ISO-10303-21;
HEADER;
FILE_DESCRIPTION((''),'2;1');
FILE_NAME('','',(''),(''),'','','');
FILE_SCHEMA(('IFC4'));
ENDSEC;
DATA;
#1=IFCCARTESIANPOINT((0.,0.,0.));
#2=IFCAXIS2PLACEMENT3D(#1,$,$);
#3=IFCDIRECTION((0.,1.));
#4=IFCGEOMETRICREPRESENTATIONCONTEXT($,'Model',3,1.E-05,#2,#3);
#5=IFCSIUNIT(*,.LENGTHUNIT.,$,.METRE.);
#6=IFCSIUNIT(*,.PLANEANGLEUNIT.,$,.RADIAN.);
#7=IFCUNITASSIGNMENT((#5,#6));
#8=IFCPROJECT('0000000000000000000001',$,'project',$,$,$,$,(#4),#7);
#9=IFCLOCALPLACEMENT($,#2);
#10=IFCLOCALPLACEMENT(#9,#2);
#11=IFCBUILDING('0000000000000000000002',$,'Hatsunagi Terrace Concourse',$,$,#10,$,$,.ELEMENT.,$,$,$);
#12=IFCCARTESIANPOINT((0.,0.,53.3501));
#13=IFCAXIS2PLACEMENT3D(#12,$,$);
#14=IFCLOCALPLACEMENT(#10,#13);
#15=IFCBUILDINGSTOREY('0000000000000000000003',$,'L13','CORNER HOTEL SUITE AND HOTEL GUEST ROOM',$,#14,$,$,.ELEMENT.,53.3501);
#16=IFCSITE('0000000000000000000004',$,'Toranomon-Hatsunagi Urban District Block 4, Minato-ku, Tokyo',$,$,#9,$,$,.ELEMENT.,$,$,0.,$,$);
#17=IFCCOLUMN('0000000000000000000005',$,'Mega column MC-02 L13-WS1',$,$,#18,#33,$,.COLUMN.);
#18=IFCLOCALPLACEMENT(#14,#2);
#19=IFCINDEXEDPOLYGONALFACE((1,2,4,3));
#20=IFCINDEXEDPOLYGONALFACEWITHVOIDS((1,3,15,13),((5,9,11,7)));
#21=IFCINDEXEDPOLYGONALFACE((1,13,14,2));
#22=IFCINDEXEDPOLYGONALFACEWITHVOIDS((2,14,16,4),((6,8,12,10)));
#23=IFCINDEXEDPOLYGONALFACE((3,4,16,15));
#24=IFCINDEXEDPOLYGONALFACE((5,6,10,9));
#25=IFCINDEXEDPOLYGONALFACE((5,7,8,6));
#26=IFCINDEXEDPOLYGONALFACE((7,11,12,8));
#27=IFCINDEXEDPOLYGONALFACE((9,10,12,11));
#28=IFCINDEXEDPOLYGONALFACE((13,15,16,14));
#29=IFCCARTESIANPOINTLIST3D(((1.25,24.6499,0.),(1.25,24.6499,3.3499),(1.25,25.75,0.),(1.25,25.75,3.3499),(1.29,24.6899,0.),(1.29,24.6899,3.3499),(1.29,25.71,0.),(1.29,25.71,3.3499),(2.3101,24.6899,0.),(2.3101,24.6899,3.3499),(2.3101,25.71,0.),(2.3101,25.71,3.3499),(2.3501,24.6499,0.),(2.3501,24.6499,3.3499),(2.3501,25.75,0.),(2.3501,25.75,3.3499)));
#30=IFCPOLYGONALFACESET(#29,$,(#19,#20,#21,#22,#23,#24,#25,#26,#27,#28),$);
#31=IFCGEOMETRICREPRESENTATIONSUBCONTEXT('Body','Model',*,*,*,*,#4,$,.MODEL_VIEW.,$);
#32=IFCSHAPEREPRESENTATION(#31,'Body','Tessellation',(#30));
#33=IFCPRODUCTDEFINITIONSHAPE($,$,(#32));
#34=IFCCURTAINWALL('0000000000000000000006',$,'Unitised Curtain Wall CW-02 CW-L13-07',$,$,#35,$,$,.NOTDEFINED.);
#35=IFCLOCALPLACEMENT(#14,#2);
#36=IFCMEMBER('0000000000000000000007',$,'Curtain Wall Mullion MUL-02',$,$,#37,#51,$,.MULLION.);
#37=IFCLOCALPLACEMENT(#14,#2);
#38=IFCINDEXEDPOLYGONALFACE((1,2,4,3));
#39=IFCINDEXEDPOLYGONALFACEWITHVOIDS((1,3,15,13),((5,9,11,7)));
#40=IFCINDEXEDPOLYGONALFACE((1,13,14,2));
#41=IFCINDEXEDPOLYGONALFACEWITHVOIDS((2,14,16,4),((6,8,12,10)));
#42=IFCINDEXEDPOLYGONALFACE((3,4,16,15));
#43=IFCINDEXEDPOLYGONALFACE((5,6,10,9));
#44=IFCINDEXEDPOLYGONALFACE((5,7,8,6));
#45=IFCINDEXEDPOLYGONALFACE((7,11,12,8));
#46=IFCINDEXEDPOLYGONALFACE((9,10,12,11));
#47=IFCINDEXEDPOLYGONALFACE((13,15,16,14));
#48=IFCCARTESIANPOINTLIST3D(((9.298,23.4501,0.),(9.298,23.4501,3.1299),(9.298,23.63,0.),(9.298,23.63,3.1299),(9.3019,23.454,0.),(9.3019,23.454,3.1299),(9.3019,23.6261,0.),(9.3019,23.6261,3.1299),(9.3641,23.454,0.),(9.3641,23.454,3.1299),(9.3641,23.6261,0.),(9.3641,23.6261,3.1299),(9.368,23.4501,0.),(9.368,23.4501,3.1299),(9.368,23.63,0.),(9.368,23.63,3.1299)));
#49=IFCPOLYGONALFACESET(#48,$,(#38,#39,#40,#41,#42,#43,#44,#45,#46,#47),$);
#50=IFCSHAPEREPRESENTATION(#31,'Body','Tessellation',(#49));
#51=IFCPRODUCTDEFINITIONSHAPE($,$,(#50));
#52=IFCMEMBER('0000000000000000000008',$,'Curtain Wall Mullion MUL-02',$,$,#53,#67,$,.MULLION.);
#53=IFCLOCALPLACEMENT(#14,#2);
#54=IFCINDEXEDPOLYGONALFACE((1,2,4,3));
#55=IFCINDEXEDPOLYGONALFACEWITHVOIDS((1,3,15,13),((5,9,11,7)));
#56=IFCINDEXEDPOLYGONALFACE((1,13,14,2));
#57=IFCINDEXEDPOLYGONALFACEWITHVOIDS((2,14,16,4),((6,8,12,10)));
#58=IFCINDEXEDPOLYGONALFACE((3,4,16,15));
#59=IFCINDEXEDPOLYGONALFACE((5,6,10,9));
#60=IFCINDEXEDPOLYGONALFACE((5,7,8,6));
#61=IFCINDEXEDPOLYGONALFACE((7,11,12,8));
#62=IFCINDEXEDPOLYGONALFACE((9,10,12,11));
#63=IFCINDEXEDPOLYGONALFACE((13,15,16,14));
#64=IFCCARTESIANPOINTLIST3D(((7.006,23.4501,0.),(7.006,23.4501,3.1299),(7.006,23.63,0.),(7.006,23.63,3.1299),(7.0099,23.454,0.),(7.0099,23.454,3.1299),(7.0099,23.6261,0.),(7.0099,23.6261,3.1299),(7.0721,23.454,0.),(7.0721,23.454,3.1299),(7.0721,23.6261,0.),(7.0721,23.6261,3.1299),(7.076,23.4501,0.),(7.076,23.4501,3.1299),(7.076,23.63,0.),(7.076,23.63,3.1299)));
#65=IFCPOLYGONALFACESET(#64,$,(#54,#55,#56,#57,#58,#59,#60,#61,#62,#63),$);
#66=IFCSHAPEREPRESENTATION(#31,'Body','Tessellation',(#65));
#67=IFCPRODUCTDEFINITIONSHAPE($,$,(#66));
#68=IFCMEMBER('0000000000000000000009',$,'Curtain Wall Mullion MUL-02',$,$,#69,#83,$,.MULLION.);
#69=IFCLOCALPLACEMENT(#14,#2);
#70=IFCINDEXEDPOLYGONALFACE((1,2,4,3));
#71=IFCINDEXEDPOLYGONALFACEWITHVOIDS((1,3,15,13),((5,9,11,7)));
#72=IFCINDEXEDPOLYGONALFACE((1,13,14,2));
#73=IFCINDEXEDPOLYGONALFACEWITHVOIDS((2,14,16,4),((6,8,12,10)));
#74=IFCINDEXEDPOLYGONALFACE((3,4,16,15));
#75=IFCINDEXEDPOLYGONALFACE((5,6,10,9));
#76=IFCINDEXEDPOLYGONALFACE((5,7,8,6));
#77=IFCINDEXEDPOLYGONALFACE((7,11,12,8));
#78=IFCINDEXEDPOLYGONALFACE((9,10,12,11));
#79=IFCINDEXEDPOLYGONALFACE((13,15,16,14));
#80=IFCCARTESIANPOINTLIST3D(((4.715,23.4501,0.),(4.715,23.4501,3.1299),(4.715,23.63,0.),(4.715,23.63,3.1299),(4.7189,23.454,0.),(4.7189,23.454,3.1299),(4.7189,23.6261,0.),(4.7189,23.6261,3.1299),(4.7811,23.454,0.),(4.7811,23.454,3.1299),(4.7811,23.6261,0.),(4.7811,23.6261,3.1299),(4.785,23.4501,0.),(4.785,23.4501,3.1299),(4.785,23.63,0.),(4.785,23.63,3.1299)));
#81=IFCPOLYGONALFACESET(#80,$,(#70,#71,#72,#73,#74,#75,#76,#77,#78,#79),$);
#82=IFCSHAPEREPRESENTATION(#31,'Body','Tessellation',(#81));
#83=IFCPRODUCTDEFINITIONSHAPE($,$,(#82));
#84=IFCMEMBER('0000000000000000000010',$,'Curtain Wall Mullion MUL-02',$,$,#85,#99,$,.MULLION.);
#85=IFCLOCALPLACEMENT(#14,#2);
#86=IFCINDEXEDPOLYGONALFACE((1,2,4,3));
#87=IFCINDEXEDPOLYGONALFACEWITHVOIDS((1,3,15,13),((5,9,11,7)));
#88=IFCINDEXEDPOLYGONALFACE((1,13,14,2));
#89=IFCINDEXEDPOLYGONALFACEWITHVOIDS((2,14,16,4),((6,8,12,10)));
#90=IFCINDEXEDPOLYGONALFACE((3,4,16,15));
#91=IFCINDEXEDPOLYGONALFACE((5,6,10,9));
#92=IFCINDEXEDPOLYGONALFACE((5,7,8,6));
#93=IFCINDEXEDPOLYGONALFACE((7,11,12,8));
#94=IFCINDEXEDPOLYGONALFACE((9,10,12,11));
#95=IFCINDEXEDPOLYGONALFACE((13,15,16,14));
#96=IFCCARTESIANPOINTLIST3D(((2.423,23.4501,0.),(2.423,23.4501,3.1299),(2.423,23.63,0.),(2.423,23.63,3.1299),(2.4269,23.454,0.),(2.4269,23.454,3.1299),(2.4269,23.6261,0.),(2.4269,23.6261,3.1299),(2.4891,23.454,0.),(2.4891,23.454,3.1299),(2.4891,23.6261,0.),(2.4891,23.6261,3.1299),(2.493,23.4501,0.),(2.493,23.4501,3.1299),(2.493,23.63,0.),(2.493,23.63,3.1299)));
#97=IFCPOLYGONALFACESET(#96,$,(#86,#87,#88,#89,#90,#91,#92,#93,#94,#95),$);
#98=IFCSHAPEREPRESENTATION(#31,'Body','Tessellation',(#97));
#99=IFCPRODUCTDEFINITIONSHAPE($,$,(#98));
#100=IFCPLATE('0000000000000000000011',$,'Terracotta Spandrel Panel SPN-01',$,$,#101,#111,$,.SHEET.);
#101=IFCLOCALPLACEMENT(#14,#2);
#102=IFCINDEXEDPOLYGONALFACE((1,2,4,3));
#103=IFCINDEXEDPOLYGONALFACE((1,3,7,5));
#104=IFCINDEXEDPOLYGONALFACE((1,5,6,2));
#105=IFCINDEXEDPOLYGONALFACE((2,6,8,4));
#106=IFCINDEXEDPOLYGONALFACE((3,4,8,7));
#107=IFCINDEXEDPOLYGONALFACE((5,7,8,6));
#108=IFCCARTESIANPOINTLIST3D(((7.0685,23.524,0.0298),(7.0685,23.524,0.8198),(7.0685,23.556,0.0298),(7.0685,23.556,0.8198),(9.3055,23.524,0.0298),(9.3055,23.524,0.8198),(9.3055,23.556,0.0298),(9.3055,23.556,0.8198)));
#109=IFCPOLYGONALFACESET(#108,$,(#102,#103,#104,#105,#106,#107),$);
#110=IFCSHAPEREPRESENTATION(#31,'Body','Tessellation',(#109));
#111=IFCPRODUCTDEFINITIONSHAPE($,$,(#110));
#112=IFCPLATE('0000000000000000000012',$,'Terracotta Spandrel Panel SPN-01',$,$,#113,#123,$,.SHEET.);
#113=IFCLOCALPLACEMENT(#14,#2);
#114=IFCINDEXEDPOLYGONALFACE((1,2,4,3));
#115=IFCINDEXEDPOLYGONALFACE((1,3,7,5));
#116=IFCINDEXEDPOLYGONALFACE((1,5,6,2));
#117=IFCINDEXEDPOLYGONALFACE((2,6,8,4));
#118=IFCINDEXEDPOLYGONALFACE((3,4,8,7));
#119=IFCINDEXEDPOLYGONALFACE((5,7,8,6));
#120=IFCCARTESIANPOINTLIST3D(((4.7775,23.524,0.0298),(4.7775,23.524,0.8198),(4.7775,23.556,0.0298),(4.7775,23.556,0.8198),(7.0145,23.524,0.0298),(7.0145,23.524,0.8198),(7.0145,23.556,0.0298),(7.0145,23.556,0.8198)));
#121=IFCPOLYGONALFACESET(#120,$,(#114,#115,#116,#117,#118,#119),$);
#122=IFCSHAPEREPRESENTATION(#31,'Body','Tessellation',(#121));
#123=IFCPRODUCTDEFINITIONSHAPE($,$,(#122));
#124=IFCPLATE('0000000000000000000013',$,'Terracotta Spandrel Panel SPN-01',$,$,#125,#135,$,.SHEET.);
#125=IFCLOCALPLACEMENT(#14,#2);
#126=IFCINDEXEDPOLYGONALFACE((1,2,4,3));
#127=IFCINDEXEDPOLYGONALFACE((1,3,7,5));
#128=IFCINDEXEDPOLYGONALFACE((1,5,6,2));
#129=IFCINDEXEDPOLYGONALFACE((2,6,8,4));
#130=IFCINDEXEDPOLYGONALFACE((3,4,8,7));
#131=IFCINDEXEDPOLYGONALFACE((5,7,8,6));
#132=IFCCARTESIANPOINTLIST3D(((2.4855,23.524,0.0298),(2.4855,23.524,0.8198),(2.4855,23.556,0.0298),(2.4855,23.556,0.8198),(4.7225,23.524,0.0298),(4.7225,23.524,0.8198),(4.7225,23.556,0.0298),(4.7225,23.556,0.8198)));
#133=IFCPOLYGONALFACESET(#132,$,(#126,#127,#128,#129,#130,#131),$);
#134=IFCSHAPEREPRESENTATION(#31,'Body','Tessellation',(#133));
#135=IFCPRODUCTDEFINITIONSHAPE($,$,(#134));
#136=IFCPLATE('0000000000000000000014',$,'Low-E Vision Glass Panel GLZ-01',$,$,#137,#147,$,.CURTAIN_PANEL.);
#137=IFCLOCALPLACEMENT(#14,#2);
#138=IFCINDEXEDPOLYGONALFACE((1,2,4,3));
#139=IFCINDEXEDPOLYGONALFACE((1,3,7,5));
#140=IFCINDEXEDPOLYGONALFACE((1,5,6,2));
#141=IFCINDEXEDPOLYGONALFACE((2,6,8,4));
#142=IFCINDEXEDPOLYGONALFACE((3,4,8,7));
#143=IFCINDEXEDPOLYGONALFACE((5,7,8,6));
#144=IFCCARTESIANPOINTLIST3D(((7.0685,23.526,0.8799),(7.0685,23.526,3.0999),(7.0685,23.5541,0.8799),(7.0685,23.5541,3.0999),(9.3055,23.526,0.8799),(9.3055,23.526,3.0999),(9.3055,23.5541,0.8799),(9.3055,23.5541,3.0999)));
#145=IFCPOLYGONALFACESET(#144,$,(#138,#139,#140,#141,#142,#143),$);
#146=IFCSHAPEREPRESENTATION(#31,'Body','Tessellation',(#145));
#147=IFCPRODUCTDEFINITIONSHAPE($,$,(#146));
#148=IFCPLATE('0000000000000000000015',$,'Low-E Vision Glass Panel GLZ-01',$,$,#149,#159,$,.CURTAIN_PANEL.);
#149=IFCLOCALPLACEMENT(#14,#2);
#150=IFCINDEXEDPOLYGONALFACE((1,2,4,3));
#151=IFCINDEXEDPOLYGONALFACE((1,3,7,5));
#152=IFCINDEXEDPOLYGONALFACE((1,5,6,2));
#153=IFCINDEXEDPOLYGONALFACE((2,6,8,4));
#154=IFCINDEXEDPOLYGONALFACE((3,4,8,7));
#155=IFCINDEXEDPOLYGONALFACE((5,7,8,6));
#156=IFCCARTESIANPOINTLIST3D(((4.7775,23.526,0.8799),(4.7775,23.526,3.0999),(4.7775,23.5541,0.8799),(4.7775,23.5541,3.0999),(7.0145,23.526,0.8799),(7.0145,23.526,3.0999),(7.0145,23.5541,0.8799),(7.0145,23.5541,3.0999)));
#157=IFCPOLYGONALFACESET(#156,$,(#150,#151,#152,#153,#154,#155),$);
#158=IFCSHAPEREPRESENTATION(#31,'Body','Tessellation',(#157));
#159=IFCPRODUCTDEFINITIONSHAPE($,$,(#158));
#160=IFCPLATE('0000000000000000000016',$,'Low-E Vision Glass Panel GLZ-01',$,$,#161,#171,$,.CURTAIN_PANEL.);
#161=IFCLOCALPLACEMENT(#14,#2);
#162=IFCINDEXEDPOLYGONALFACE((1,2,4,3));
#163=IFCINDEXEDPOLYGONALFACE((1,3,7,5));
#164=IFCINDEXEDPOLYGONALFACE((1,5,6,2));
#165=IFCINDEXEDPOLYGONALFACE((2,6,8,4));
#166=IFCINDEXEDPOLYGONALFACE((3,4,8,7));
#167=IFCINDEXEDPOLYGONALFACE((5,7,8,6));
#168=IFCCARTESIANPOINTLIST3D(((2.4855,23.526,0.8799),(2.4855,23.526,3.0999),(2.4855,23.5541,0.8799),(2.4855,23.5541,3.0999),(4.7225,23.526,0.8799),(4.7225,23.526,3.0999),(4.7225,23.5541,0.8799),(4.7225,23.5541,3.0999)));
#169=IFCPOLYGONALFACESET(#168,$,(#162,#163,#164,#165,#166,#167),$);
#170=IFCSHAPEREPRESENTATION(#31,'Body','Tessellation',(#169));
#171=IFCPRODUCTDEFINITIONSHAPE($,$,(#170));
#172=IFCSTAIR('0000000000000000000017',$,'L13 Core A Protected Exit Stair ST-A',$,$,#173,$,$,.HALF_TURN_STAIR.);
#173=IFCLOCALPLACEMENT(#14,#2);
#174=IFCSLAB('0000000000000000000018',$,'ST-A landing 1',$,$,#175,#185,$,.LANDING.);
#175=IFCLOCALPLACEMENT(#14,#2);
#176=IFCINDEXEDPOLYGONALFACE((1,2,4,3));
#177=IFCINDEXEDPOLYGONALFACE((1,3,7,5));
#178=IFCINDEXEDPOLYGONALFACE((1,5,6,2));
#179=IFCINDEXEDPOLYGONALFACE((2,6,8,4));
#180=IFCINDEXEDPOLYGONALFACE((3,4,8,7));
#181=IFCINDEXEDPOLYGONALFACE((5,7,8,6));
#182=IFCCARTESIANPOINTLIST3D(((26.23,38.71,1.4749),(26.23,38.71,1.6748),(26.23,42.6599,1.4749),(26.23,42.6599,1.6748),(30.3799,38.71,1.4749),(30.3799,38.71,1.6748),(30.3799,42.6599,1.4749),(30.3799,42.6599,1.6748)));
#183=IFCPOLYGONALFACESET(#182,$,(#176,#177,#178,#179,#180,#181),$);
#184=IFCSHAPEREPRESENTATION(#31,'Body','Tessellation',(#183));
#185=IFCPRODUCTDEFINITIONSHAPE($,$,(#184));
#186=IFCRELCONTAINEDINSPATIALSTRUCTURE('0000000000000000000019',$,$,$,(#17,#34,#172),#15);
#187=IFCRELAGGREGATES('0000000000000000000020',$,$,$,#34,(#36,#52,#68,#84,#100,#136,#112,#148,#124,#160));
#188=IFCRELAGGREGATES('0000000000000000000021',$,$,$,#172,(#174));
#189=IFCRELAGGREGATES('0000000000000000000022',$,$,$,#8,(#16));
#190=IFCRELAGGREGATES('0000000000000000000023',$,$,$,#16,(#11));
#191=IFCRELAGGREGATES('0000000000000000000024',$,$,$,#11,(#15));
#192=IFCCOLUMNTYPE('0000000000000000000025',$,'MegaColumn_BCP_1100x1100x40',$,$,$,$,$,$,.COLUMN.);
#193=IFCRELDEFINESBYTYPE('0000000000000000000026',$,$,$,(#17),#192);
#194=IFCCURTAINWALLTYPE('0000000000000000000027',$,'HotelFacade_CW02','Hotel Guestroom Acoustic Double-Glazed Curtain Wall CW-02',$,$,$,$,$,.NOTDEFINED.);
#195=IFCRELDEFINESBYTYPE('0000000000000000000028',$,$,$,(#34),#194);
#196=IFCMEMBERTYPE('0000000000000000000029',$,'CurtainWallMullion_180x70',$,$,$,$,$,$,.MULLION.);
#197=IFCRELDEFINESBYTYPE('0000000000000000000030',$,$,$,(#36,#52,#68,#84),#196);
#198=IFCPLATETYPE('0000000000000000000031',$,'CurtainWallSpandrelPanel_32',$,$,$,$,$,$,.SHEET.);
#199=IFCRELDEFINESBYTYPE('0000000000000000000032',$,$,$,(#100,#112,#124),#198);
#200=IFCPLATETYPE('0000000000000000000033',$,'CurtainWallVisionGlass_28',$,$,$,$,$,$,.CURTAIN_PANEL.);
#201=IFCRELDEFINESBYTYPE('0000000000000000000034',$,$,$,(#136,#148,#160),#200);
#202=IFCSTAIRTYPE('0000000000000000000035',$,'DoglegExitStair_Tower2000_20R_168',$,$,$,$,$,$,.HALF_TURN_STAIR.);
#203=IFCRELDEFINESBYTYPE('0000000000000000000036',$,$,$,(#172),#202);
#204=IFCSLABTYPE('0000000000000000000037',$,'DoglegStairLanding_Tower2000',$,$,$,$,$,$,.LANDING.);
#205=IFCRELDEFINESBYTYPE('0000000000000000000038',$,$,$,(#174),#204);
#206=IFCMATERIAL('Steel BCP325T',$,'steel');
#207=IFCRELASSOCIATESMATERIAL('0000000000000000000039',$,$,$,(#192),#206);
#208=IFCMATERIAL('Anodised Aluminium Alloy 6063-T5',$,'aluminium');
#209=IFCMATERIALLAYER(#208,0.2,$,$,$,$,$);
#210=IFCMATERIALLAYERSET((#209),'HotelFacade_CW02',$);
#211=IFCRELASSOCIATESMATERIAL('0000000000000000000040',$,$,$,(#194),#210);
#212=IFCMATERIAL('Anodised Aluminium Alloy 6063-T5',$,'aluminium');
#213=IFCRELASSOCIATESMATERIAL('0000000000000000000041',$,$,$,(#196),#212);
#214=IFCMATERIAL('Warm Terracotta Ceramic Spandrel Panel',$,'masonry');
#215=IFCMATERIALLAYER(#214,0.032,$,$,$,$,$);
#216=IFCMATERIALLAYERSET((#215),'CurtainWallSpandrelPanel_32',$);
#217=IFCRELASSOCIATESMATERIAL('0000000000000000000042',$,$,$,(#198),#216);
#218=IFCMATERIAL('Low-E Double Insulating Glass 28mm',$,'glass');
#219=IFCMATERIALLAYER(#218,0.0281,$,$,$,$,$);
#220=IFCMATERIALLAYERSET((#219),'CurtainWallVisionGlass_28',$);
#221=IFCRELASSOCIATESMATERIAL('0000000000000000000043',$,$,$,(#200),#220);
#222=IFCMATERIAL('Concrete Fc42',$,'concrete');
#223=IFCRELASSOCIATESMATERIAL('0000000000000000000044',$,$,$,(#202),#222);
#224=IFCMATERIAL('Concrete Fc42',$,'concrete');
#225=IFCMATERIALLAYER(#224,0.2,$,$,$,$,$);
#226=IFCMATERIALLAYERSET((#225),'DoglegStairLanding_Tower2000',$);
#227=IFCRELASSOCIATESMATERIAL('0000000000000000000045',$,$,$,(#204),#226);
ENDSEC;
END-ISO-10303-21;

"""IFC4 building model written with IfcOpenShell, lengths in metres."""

from ifc_helpers import new_model, si_unit, direction, frame, origin, origin_2d, place, context, subcontext, project, spatial, polyline, rectangle, hollow_rectangle, outline, extrude, material, layer, layer_set, material_profile, profile_set, type_object, element, aggregate, save


model = new_model("IFC4")

# Units and contexts
model_context = context("Model", 3, precision=1e-05, world=origin(), true_north=direction((0.0, 1.0)))
body_context = subcontext(model_context, "Body", "Model", "MODEL_VIEW")
ifc_project = project(units=[si_unit("LENGTHUNIT", "METRE"), si_unit("PLANEANGLEUNIT", "RADIAN")], contexts=[model_context])

# Site, building, storey
site_placement = place(None, origin())
site = spatial("IfcSite", under=ifc_project, at=site_placement, Name="Toranomon-Hatsunagi Urban District Block 4, Minato-ku, Tokyo", CompositionType="ELEMENT", RefElevation=0.0)
building_placement = place(site_placement, origin())
building = spatial("IfcBuilding", under=site, at=building_placement, Name="Hatsunagi Terrace Concourse", CompositionType="ELEMENT")
storey_placement = place(building_placement, frame((0.0, 0.0, 53.3501)))
storey = spatial("IfcBuildingStorey", under=building, at=storey_placement, Name="L13", Description="CORNER HOTEL SUITE AND HOTEL GUEST ROOM", CompositionType="ELEMENT", Elevation=53.3501)

# Column
ifc_material_1 = material(Name="Steel BCP325T", Category="steel")
ifc_material_profile_1 = material_profile(ifc_material_1, hollow_rectangle(XDim=1.1001, YDim=1.1001, WallThickness=0.04, at=origin_2d()), Name="BCP-1100x1100x40")
ifc_profile_set_1 = profile_set([ifc_material_profile_1], Name="Steel BCP325T")
column_type = type_object("IfcColumnType", Name="MegaColumn_BCP_1100x1100x40", PredefinedType="COLUMN", material=ifc_profile_set_1)
column_placement = place(storey_placement, frame((1.8, 25.2, 0.0), z_axis=(0.0, 0.0, 1.0), x_axis=(1.0, 0.0, 0.0)))
element("IfcColumn", 1, at=column_placement, inside=storey, type_object=column_type, Name="Mega column MC-02 L13-WS1", PredefinedType="COLUMN", context=body_context, shape_type="SweptSolid", body=[
    extrude(hollow_rectangle(XDim=1.1001, YDim=1.1001, WallThickness=0.04, at=origin_2d()), origin(), (0.0, 0.0, 1.0), 3.3499),
])

# Curtain wall, members, plates
ifc_material_2 = material(Name="Anodised Aluminium Alloy 6063-T5", Category="aluminium")
ifc_layer_1 = layer(ifc_material_2, 0.2)
ifc_layer_set_1 = layer_set([ifc_layer_1], Name="HotelFacade_CW02")
curtain_wall_type = type_object("IfcCurtainWallType", Name="HotelFacade_CW02", Description="Hotel Guestroom Acoustic Double-Glazed Curtain Wall CW-02", PredefinedType="NOTDEFINED", material=ifc_layer_set_1)
curtain_wall_placement = place(storey_placement, origin())
curtain_wall = element("IfcCurtainWall", 2, at=curtain_wall_placement, inside=storey, type_object=curtain_wall_type, Name="Unitised Curtain Wall CW-02 CW-L13-07", PredefinedType="NOTDEFINED")
ifc_material_3 = material(Name="Anodised Aluminium Alloy 6063-T5", Category="aluminium")
ifc_material_profile_2 = material_profile(ifc_material_3, hollow_rectangle(XDim=0.0701, YDim=0.1799, WallThickness=0.0039, at=origin_2d()), Name="ALU-MUL-180x70x4")
ifc_profile_set_2 = profile_set([ifc_material_profile_2], Name="Anodised Aluminium Alloy 6063-T5")
member_type = type_object("IfcMemberType", Name="CurtainWallMullion_180x70", PredefinedType="MULLION", material=ifc_profile_set_2)
member_1_placement = place(storey_placement, frame((9.333, 23.54, 0.0), z_axis=(0.0, 0.0, 1.0), x_axis=(-1.0, 0.0, 0.0)))
member_1 = element("IfcMember", 3, at=member_1_placement, type_object=member_type, Name="Curtain Wall Mullion MUL-02", PredefinedType="MULLION", context=body_context, shape_type="SweptSolid", body=[
    extrude(hollow_rectangle(XDim=0.0701, YDim=0.1799, WallThickness=0.0039, at=origin_2d()), origin(), (0.0, 0.0, 1.0), 3.1299),
])
member_2_placement = place(storey_placement, frame((7.041, 23.54, 0.0), z_axis=(0.0, 0.0, 1.0), x_axis=(-1.0, 0.0, 0.0)))
member_2 = element("IfcMember", 4, at=member_2_placement, type_object=member_type, Name="Curtain Wall Mullion MUL-02", PredefinedType="MULLION", context=body_context, shape_type="SweptSolid", body=[
    extrude(hollow_rectangle(XDim=0.0701, YDim=0.1799, WallThickness=0.0039, at=origin_2d()), origin(), (0.0, 0.0, 1.0), 3.1299),
])
member_3_placement = place(storey_placement, frame((4.75, 23.54, 0.0), z_axis=(0.0, 0.0, 1.0), x_axis=(-1.0, 0.0, 0.0)))
member_3 = element("IfcMember", 5, at=member_3_placement, type_object=member_type, Name="Curtain Wall Mullion MUL-02", PredefinedType="MULLION", context=body_context, shape_type="SweptSolid", body=[
    extrude(hollow_rectangle(XDim=0.0701, YDim=0.1799, WallThickness=0.0039, at=origin_2d()), origin(), (0.0, 0.0, 1.0), 3.1299),
])
member_4_placement = place(storey_placement, frame((2.458, 23.54, 0.0), z_axis=(0.0, 0.0, 1.0), x_axis=(-1.0, 0.0, 0.0)))
member_4 = element("IfcMember", 6, at=member_4_placement, type_object=member_type, Name="Curtain Wall Mullion MUL-02", PredefinedType="MULLION", context=body_context, shape_type="SweptSolid", body=[
    extrude(hollow_rectangle(XDim=0.0701, YDim=0.1799, WallThickness=0.0039, at=origin_2d()), origin(), (0.0, 0.0, 1.0), 3.1299),
])
ifc_material_4 = material(Name="Warm Terracotta Ceramic Spandrel Panel", Category="masonry")
ifc_layer_2 = layer(ifc_material_4, 0.032)
ifc_layer_set_2 = layer_set([ifc_layer_2], Name="CurtainWallSpandrelPanel_32")
plate_type_1 = type_object("IfcPlateType", Name="CurtainWallSpandrelPanel_32", PredefinedType="SHEET", material=ifc_layer_set_2)
plate_1_placement = place(storey_placement, frame((8.187, 23.54, 0.0298), z_axis=(0.0, 0.0, 1.0), x_axis=(-1.0, 0.0, 0.0)))
plate_1 = element("IfcPlate", 7, at=plate_1_placement, type_object=plate_type_1, Name="Terracotta Spandrel Panel SPN-01", PredefinedType="SHEET", context=body_context, shape_type="SweptSolid", body=[
    extrude(rectangle(XDim=2.2371, YDim=0.032, at=origin_2d()), origin(), (0.0, 0.0, 1.0), 0.79),
])
plate_2_placement = place(storey_placement, frame((5.896, 23.54, 0.0298), z_axis=(0.0, 0.0, 1.0), x_axis=(-1.0, 0.0, 0.0)))
plate_2 = element("IfcPlate", 8, at=plate_2_placement, type_object=plate_type_1, Name="Terracotta Spandrel Panel SPN-01", PredefinedType="SHEET", context=body_context, shape_type="SweptSolid", body=[
    extrude(rectangle(XDim=2.2371, YDim=0.032, at=origin_2d()), origin(), (0.0, 0.0, 1.0), 0.79),
])
plate_3_placement = place(storey_placement, frame((3.604, 23.54, 0.0298), z_axis=(0.0, 0.0, 1.0), x_axis=(-1.0, 0.0, 0.0)))
plate_3 = element("IfcPlate", 9, at=plate_3_placement, type_object=plate_type_1, Name="Terracotta Spandrel Panel SPN-01", PredefinedType="SHEET", context=body_context, shape_type="SweptSolid", body=[
    extrude(rectangle(XDim=2.2371, YDim=0.032, at=origin_2d()), origin(), (0.0, 0.0, 1.0), 0.79),
])
ifc_material_5 = material(Name="Low-E Double Insulating Glass 28mm", Category="glass")
ifc_layer_3 = layer(ifc_material_5, 0.0281)
ifc_layer_set_3 = layer_set([ifc_layer_3], Name="CurtainWallVisionGlass_28")
plate_type_2 = type_object("IfcPlateType", Name="CurtainWallVisionGlass_28", PredefinedType="CURTAIN_PANEL", material=ifc_layer_set_3)
plate_4_placement = place(storey_placement, frame((8.187, 23.54, 0.8799), z_axis=(0.0, 0.0, 1.0), x_axis=(-1.0, 0.0, 0.0)))
plate_4 = element("IfcPlate", 10, at=plate_4_placement, type_object=plate_type_2, Name="Low-E Vision Glass Panel GLZ-01", PredefinedType="CURTAIN_PANEL", context=body_context, shape_type="SweptSolid", body=[
    extrude(rectangle(XDim=2.2371, YDim=0.0281, at=origin_2d()), origin(), (0.0, 0.0, 1.0), 2.22),
])
plate_5_placement = place(storey_placement, frame((5.896, 23.54, 0.8799), z_axis=(0.0, 0.0, 1.0), x_axis=(-1.0, 0.0, 0.0)))
plate_5 = element("IfcPlate", 11, at=plate_5_placement, type_object=plate_type_2, Name="Low-E Vision Glass Panel GLZ-01", PredefinedType="CURTAIN_PANEL", context=body_context, shape_type="SweptSolid", body=[
    extrude(rectangle(XDim=2.2371, YDim=0.0281, at=origin_2d()), origin(), (0.0, 0.0, 1.0), 2.22),
])
plate_6_placement = place(storey_placement, frame((3.604, 23.54, 0.8799), z_axis=(0.0, 0.0, 1.0), x_axis=(-1.0, 0.0, 0.0)))
plate_6 = element("IfcPlate", 12, at=plate_6_placement, type_object=plate_type_2, Name="Low-E Vision Glass Panel GLZ-01", PredefinedType="CURTAIN_PANEL", context=body_context, shape_type="SweptSolid", body=[
    extrude(rectangle(XDim=2.2371, YDim=0.0281, at=origin_2d()), origin(), (0.0, 0.0, 1.0), 2.22),
])
aggregate(curtain_wall, [member_1, member_2, member_3, member_4, plate_1, plate_4, plate_2, plate_5, plate_3, plate_6])

# Stair, slab
ifc_material_6 = material(Name="Concrete Fc42", Category="concrete")
stair_type = type_object("IfcStairType", Name="DoglegExitStair_Tower2000_20R_168", PredefinedType="HALF_TURN_STAIR", material=ifc_material_6)
stair_1_placement = place(storey_placement, origin())
stair_1 = element("IfcStair", 13, at=stair_1_placement, inside=storey, type_object=stair_type, Name="L13 Core A Protected Exit Stair ST-A", PredefinedType="HALF_TURN_STAIR")
ifc_material_7 = material(Name="Concrete Fc42", Category="concrete")
ifc_layer_4 = layer(ifc_material_7, 0.2)
ifc_layer_set_4 = layer_set([ifc_layer_4], Name="DoglegStairLanding_Tower2000")
slab_type_1 = type_object("IfcSlabType", Name="DoglegStairLanding_Tower2000", PredefinedType="LANDING", material=ifc_layer_set_4)
slab_1_placement = place(storey_placement, frame((0.0, 0.0, 1.4749)))
slab_1 = element("IfcSlab", 14, at=slab_1_placement, type_object=slab_type_1, Name="ST-A landing 1", PredefinedType="LANDING", context=body_context, shape_type="SweptSolid", body=[
    extrude(outline(polyline([(30.3799, 38.71), (30.3799, 42.6599), (26.23, 42.6599), (26.23, 38.71), (30.3799, 38.71)])), origin(), (0.0, 0.0, 1.0), 0.2),
])
aggregate(stair_1, [slab_1])

save(model, "model.ifc")
